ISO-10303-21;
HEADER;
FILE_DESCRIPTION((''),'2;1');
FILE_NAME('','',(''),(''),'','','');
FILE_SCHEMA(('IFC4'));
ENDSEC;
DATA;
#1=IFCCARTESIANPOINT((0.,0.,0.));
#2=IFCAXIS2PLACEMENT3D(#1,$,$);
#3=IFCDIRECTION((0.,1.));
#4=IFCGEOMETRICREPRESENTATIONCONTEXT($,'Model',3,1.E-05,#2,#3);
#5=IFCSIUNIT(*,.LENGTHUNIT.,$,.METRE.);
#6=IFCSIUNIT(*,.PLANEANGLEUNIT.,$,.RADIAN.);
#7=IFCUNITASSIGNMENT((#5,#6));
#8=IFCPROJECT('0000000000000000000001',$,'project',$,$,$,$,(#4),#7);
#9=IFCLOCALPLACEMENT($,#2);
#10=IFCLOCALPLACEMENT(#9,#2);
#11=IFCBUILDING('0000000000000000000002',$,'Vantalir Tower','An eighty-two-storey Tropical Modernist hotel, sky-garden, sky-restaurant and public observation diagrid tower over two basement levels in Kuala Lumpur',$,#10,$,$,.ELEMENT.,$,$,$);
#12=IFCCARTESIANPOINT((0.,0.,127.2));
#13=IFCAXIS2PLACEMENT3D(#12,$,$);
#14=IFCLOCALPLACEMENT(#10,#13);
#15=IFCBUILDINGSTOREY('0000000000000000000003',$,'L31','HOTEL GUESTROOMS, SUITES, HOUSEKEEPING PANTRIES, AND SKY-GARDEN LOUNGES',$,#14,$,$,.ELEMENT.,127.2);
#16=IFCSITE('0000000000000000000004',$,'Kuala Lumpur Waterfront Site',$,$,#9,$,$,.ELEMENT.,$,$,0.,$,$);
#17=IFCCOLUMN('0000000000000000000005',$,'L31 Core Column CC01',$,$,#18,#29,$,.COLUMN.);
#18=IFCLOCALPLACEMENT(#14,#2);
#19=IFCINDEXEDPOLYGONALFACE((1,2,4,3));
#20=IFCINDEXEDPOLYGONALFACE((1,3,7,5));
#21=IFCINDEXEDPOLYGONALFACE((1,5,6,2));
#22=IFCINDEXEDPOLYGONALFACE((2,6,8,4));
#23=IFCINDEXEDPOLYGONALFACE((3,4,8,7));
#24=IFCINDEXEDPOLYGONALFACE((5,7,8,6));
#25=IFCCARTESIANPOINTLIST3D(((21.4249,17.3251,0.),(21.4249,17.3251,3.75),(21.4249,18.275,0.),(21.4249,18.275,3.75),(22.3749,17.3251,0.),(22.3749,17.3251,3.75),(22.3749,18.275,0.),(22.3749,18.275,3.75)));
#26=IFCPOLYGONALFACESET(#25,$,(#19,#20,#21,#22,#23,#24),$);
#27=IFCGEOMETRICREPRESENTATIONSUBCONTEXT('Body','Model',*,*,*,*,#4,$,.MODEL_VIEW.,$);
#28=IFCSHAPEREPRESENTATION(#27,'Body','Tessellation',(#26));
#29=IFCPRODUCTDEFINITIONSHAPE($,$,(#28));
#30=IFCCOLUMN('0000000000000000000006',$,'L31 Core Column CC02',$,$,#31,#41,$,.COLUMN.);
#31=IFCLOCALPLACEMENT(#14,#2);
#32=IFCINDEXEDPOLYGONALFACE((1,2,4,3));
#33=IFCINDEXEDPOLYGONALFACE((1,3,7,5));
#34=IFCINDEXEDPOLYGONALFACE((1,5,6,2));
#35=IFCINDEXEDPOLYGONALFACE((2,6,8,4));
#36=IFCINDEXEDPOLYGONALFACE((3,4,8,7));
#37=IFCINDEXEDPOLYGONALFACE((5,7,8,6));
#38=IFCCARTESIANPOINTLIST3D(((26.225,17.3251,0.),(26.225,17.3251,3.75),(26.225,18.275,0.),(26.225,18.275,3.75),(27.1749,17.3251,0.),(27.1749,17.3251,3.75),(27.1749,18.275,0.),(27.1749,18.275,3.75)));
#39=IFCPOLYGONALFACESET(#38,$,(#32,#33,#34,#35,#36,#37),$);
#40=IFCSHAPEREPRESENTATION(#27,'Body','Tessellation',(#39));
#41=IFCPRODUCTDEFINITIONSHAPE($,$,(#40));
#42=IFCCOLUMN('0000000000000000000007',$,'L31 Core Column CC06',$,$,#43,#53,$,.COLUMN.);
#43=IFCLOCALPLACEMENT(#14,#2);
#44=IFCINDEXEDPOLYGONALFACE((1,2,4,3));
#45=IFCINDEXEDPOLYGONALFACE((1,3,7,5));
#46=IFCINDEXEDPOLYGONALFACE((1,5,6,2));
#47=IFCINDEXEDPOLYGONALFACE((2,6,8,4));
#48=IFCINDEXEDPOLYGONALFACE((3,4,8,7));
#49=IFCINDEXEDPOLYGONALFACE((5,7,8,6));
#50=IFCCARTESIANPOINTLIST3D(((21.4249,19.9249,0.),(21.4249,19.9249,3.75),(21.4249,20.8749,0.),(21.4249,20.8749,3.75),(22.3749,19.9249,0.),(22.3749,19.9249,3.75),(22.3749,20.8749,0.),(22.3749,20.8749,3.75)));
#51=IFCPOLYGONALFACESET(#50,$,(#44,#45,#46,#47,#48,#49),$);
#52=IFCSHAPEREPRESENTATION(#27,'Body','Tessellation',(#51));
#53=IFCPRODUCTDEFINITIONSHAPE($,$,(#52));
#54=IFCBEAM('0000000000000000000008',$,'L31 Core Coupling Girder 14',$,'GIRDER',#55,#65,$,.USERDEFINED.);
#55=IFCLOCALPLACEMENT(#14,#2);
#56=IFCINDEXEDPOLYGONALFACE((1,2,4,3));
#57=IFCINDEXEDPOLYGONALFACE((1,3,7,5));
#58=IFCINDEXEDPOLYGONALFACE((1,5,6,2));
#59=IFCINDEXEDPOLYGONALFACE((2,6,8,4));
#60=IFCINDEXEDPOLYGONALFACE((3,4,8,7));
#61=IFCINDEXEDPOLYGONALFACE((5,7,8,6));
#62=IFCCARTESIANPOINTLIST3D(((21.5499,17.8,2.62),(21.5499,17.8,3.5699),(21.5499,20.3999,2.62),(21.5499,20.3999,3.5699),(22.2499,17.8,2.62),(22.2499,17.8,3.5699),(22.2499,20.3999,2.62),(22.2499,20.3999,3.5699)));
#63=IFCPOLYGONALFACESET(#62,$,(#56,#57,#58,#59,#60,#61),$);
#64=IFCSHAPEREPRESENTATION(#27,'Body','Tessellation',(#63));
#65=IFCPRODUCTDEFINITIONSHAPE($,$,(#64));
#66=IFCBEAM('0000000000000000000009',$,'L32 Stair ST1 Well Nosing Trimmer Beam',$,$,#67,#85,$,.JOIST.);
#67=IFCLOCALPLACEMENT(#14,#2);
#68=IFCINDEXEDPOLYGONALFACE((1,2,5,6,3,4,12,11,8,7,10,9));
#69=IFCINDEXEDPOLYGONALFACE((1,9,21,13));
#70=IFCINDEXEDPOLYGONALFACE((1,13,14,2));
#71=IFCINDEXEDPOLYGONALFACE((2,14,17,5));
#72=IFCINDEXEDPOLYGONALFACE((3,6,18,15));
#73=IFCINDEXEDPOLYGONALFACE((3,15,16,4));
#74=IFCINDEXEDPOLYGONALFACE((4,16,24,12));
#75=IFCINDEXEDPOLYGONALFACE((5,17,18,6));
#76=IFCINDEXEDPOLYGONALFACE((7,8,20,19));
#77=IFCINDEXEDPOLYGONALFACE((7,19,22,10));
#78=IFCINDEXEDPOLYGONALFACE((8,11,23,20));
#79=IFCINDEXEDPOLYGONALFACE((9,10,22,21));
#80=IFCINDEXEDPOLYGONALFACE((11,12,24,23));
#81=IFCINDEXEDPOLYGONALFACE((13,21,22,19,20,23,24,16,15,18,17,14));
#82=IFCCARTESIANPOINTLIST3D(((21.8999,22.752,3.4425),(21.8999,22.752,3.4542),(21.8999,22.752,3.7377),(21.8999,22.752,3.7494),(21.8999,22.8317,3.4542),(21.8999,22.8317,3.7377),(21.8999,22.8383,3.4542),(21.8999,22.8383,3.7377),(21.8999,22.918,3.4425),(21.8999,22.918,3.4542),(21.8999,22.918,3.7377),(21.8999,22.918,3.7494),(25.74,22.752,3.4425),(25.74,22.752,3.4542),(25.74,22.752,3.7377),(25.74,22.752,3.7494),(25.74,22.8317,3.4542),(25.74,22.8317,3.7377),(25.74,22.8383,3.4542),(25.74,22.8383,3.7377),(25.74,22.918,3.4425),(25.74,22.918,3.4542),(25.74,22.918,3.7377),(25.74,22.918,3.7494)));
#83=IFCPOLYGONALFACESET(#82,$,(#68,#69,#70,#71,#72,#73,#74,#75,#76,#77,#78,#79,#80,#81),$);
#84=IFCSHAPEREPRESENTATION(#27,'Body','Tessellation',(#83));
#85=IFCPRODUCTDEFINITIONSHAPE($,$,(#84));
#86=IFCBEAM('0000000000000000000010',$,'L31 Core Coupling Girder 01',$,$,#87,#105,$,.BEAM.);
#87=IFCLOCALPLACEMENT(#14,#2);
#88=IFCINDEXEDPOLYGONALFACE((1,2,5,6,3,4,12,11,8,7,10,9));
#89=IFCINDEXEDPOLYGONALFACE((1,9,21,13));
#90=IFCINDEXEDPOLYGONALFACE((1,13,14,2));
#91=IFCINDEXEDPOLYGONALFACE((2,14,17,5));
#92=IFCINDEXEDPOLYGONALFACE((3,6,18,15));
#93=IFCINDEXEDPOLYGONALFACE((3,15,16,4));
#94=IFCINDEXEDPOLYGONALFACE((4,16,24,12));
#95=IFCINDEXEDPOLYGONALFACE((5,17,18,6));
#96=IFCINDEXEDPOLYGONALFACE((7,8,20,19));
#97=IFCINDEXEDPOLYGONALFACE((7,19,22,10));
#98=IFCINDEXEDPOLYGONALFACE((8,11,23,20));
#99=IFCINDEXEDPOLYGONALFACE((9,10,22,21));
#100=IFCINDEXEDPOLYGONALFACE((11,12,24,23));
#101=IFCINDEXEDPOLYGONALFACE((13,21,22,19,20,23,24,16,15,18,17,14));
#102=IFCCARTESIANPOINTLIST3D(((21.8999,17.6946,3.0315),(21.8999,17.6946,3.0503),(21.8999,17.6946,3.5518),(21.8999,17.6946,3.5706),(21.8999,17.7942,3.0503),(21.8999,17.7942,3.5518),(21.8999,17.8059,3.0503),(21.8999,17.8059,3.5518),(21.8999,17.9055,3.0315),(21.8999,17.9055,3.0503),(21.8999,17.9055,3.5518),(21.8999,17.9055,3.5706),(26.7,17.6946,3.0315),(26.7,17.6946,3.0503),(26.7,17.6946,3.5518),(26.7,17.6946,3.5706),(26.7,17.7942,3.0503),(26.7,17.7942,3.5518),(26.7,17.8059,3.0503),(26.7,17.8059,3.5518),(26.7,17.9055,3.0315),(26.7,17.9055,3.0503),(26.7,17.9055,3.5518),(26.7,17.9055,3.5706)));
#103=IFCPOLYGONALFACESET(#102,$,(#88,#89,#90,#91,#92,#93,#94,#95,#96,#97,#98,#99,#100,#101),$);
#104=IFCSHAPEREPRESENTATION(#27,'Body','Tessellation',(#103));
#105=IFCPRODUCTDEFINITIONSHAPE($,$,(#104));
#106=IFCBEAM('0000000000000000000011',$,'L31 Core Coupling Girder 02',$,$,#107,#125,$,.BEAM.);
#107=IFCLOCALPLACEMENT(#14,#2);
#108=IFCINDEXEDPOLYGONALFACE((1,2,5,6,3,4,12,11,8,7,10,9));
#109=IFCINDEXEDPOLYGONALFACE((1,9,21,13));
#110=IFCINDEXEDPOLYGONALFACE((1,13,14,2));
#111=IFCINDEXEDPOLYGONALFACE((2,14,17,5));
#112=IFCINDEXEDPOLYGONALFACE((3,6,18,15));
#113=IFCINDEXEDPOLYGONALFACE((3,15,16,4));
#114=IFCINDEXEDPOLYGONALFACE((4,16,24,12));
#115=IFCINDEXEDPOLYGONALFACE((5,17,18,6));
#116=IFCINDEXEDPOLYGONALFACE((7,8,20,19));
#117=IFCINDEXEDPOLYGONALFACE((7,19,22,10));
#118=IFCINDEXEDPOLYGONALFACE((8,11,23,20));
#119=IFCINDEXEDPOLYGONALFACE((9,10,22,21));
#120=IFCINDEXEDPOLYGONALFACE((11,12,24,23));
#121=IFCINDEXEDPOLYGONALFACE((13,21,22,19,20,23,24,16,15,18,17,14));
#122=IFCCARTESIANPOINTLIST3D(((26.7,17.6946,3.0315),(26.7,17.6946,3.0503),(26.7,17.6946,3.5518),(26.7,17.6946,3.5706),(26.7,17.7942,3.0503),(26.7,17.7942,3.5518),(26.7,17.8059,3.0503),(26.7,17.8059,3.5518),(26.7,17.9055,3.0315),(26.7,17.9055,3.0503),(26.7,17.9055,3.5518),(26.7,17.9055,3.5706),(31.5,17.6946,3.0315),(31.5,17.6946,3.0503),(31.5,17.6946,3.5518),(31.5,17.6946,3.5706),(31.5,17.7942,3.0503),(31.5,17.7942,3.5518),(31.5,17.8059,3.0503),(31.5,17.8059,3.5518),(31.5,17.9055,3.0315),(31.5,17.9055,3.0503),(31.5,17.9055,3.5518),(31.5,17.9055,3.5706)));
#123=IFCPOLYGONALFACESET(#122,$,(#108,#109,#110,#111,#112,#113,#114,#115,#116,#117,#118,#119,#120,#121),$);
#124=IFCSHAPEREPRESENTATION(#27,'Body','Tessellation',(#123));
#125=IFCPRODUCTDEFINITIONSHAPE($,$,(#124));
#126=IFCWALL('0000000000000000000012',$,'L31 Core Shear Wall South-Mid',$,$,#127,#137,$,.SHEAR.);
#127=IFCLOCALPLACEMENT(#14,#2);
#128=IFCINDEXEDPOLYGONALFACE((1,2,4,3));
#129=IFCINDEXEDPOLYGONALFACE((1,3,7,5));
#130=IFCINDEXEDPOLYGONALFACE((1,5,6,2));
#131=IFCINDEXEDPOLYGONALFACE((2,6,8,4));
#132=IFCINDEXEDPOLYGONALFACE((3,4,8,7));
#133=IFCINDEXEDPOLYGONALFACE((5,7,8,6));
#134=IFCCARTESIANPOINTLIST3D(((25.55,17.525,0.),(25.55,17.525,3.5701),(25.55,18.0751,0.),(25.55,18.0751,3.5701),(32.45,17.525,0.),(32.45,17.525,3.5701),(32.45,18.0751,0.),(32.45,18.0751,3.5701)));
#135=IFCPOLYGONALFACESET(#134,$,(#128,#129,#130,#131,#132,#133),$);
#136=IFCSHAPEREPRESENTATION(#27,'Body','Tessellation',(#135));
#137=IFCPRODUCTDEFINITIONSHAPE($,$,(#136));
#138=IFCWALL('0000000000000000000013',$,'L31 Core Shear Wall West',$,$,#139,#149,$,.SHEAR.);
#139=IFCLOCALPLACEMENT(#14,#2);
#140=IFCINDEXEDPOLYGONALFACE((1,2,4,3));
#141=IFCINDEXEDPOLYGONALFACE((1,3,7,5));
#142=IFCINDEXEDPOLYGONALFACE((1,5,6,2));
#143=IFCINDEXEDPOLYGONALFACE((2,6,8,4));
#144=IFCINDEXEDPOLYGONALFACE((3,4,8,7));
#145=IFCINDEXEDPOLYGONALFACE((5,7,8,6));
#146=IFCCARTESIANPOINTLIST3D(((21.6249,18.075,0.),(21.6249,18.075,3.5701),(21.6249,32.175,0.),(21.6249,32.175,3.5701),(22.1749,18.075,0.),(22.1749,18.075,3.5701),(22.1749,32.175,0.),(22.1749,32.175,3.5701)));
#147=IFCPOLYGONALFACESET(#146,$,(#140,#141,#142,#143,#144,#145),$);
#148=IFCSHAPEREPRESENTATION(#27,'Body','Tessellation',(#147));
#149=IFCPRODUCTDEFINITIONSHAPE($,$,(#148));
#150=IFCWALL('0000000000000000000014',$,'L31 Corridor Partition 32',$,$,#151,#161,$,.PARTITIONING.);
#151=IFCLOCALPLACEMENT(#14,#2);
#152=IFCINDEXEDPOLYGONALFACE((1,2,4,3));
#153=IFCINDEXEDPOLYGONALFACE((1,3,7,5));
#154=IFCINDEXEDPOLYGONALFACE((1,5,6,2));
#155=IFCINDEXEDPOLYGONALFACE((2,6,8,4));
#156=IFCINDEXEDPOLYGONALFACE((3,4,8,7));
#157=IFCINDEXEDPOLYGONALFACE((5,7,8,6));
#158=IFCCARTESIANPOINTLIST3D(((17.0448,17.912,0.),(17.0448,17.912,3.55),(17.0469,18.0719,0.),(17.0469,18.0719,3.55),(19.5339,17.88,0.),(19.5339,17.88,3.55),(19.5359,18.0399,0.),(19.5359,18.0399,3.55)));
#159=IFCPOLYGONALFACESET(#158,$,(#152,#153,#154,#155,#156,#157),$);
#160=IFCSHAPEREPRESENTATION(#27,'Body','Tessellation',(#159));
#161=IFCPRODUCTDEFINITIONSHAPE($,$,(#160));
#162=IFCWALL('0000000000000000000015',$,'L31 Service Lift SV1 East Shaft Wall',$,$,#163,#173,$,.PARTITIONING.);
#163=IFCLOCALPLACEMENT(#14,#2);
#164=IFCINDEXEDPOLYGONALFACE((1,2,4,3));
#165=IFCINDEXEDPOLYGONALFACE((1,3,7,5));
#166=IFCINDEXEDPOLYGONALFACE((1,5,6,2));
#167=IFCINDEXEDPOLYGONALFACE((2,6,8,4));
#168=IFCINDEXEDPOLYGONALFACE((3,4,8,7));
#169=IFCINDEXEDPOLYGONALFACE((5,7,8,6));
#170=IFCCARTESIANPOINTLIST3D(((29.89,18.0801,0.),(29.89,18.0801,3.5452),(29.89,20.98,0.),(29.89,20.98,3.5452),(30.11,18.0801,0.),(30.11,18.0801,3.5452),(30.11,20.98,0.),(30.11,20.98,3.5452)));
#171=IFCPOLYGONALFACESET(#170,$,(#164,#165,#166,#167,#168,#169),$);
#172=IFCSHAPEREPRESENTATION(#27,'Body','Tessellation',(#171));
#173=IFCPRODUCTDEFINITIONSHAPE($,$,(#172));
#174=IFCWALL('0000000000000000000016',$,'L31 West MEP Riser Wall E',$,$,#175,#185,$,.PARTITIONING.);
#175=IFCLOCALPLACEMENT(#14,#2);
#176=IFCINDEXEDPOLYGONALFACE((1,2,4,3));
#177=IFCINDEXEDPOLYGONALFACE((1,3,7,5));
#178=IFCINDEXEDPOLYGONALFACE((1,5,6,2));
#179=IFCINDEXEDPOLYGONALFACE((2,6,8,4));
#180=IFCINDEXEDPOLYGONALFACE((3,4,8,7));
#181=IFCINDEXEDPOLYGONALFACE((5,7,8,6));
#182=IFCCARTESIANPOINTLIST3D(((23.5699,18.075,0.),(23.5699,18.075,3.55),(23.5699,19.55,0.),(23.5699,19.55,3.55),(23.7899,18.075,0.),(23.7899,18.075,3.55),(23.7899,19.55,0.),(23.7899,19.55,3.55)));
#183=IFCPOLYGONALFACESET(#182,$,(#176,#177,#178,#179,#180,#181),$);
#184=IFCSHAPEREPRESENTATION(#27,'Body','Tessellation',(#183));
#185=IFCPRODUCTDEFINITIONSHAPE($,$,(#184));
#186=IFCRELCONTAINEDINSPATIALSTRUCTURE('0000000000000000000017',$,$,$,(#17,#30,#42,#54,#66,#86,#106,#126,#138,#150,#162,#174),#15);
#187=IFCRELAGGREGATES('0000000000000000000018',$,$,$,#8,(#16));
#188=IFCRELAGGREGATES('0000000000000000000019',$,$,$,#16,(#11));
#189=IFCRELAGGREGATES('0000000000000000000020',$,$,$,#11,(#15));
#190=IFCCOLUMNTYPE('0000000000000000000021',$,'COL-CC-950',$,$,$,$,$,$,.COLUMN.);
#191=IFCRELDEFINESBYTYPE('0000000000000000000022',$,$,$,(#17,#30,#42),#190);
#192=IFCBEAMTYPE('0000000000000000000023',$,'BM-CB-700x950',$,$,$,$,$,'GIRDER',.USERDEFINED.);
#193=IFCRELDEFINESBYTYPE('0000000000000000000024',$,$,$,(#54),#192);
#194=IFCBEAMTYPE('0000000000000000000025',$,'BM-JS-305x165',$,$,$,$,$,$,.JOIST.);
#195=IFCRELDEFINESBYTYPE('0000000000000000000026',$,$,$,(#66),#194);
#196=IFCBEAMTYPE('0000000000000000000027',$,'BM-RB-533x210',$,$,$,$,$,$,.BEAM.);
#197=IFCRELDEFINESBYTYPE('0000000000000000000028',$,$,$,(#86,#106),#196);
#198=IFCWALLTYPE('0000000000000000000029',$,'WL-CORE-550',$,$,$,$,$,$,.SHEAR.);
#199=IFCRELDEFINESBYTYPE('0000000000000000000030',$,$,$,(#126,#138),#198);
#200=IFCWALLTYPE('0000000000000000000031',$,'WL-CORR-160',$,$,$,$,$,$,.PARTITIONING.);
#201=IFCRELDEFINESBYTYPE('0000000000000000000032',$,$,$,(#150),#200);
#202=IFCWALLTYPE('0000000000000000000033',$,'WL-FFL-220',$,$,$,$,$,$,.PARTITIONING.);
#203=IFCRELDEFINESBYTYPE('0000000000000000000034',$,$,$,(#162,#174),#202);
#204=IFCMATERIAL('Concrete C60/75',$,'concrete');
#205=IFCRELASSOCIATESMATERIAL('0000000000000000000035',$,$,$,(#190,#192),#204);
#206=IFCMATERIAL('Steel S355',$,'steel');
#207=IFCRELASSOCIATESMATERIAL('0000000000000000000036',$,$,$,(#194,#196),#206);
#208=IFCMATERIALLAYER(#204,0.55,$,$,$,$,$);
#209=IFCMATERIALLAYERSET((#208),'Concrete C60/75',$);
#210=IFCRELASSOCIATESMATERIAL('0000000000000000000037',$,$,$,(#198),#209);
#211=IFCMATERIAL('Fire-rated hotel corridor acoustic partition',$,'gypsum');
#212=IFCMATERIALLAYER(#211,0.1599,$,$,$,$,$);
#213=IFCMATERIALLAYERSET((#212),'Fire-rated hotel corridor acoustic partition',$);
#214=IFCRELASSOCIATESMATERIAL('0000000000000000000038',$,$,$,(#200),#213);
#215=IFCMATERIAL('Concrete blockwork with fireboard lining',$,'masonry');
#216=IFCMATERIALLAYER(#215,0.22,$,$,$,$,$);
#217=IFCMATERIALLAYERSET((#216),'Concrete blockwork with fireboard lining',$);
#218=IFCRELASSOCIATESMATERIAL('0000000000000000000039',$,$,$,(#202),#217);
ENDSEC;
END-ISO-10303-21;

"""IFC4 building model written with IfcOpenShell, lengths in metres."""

from ifc_helpers import new_model, si_unit, direction, frame, frame_2d, origin, origin_2d, place, context, subcontext, project, spatial, rectangle, i_section, extrude, material, layer, layer_set, material_profile, profile_set, type_object, element, save


model = new_model("IFC4")

# Units and contexts
model_context = context("Model", 3, precision=1e-05, world=origin(), true_north=direction((0.0, 1.0)))
body_context = subcontext(model_context, "Body", "Model", "MODEL_VIEW")
ifc_project = project(units=[si_unit("LENGTHUNIT", "METRE"), si_unit("PLANEANGLEUNIT", "RADIAN")], contexts=[model_context])

# Site, building, storey
site_placement = place(None, origin())
site = spatial("IfcSite", under=ifc_project, at=site_placement, Name="Kuala Lumpur Waterfront Site", CompositionType="ELEMENT", RefElevation=0.0)
building_placement = place(site_placement, origin())
building = spatial("IfcBuilding", under=site, at=building_placement, Name="Vantalir Tower", Description="An eighty-two-storey Tropical Modernist hotel, sky-garden, sky-restaurant and public observation diagrid tower over two basement levels in Kuala Lumpur", CompositionType="ELEMENT")
storey_placement = place(building_placement, frame((0.0, 0.0, 127.2)))
storey = spatial("IfcBuildingStorey", under=building, at=storey_placement, Name="L31", Description="HOTEL GUESTROOMS, SUITES, HOUSEKEEPING PANTRIES, AND SKY-GARDEN LOUNGES", CompositionType="ELEMENT", Elevation=127.2)

# Columns
ifc_material_1 = material(Name="Concrete C60/75", Category="concrete")
ifc_material_profile_1 = material_profile(ifc_material_1, rectangle(XDim=0.95, YDim=0.95, at=origin_2d()), Name="Concrete C60/75")
ifc_profile_set_1 = profile_set([ifc_material_profile_1], Name="Concrete C60/75")
column_type = type_object("IfcColumnType", Name="COL-CC-950", PredefinedType="COLUMN", material=ifc_profile_set_1)
for number, where, z_axis, x_axis, name in (
    (1, (21.8999, 17.8, 0.0), (0.0, 0.0, 1.0), (1.0, 0.0, 0.0), "L31 Core Column CC01"),
    (2, (26.7, 17.8, 0.0), (0.0, 0.0, 1.0), (1.0, 0.0, 0.0), "L31 Core Column CC02"),
    (3, (21.8999, 20.3999, 0.0), (0.0, 0.0, 1.0), (1.0, 0.0, 0.0), "L31 Core Column CC06"),
):
    element("IfcColumn", number, at=place(storey_placement, frame(where, z_axis=z_axis, x_axis=x_axis)), inside=storey, type_object=column_type, Name=name, PredefinedType="COLUMN", context=body_context, shape_type="SweptSolid", body=[
        extrude(rectangle(XDim=0.95, YDim=0.95, at=origin_2d()), origin(), (0.0, 0.0, 1.0), 3.75),
    ])

# Beams
ifc_material_profile_2 = material_profile(ifc_material_1, rectangle(XDim=0.7, YDim=0.95, at=origin_2d()), Name="Concrete C60/75")
ifc_profile_set_2 = profile_set([ifc_material_profile_2], Name="Concrete C60/75")
beam_type_1 = type_object("IfcBeamType", Name="BM-CB-700x950", ElementType="GIRDER", PredefinedType="USERDEFINED", material=ifc_profile_set_2)
beam_1_placement = place(storey_placement, frame((21.8999, 20.3999, 3.095), z_axis=(0.0, -1.0, 0.0), x_axis=(1.0, 0.0, 0.0)))
element("IfcBeam", 4, at=beam_1_placement, inside=storey, type_object=beam_type_1, Name="L31 Core Coupling Girder 14", ObjectType="GIRDER", PredefinedType="USERDEFINED", context=body_context, shape_type="SweptSolid", body=[
    extrude(rectangle(XDim=0.7, YDim=0.95, at=origin_2d()), origin(), (0.0, 0.0, 1.0), 2.5999),
])
ifc_material_2 = material(Name="Steel S355", Category="steel")
ifc_material_profile_3 = material_profile(ifc_material_2, i_section(OverallWidth=0.166, OverallDepth=0.3069, WebThickness=0.0066, FlangeThickness=0.0117, at=origin_2d()), Name="Steel S355")
ifc_profile_set_3 = profile_set([ifc_material_profile_3], Name="Steel S355")
beam_type_2 = type_object("IfcBeamType", Name="BM-JS-305x165", PredefinedType="JOIST", material=ifc_profile_set_3)
beam_2_placement = place(storey_placement, frame((21.8999, 22.835, 3.5959), z_axis=(1.0, 0.0, 0.0), x_axis=(0.0, 1.0, 0.0)))
element("IfcBeam", 5, at=beam_2_placement, inside=storey, type_object=beam_type_2, Name="L32 Stair ST1 Well Nosing Trimmer Beam", PredefinedType="JOIST", context=body_context, shape_type="SweptSolid", body=[
    extrude(i_section(OverallWidth=0.166, OverallDepth=0.3069, WebThickness=0.0066, FlangeThickness=0.0117, at=origin_2d()), origin(), (0.0, 0.0, 1.0), 3.8401),
])
ifc_material_profile_4 = material_profile(ifc_material_2, i_section(OverallWidth=0.2109, OverallDepth=0.5391, WebThickness=0.0117, FlangeThickness=0.0188, at=origin_2d()), Name="Steel S355")
ifc_profile_set_4 = profile_set([ifc_material_profile_4], Name="Steel S355")
beam_type_3 = type_object("IfcBeamType", Name="BM-RB-533x210", PredefinedType="BEAM", material=ifc_profile_set_4)
for number, where, z_axis, x_axis, name in (
    (6, (21.8999, 17.8, 3.301), (1.0, 0.0, 0.0), (0.0, 1.0, 0.0), "L31 Core Coupling Girder 01"),
    (7, (26.7, 17.8, 3.301), (1.0, 0.0, 0.0), (0.0, 1.0, 0.0), "L31 Core Coupling Girder 02"),
):
    element("IfcBeam", number, at=place(storey_placement, frame(where, z_axis=z_axis, x_axis=x_axis)), inside=storey, type_object=beam_type_3, Name=name, PredefinedType="BEAM", context=body_context, shape_type="SweptSolid", body=[
        extrude(i_section(OverallWidth=0.2109, OverallDepth=0.5391, WebThickness=0.0117, FlangeThickness=0.0188, at=origin_2d()), origin(), (0.0, 0.0, 1.0), 4.8),
    ])

# Walls
ifc_layer_1 = layer(ifc_material_1, 0.55)
ifc_layer_set_1 = layer_set([ifc_layer_1], Name="Concrete C60/75")
wall_type_1 = type_object("IfcWallType", Name="WL-CORE-550", PredefinedType="SHEAR", material=ifc_layer_set_1)
wall_1_placement = place(storey_placement, frame((25.55, 17.8, 0.0), z_axis=(0.0, 0.0, 1.0), x_axis=(1.0, 0.0, 0.0)))
element("IfcWall", 8, at=wall_1_placement, inside=storey, type_object=wall_type_1, Name="L31 Core Shear Wall South-Mid", PredefinedType="SHEAR", context=body_context, shape_type="SweptSolid", body=[
    extrude(rectangle(XDim=6.8999, YDim=0.55, at=frame_2d((3.45, 0.0))), origin(), (0.0, 0.0, 1.0), 3.5701),
])
wall_2_placement = place(storey_placement, frame((21.8999, 18.075, 0.0), z_axis=(0.0, 0.0, 1.0), x_axis=(0.0, 1.0, 0.0)))
element("IfcWall", 9, at=wall_2_placement, inside=storey, type_object=wall_type_1, Name="L31 Core Shear Wall West", PredefinedType="SHEAR", context=body_context, shape_type="SweptSolid", body=[
    extrude(rectangle(XDim=14.1001, YDim=0.55, at=frame_2d((7.05, 0.0))), origin(), (0.0, 0.0, 1.0), 3.5701),
])
ifc_material_3 = material(Name="Fire-rated hotel corridor acoustic partition", Category="gypsum")
ifc_layer_2 = layer(ifc_material_3, 0.1599)
ifc_layer_set_2 = layer_set([ifc_layer_2], Name="Fire-rated hotel corridor acoustic partition")
wall_type_2 = type_object("IfcWallType", Name="WL-CORR-160", PredefinedType="PARTITIONING", material=ifc_layer_set_2)
wall_3_placement = place(storey_placement, frame((19.5349, 17.96, 0.0), z_axis=(0.0, 0.0, 1.0), x_axis=(-0.999917, 0.012848, 0.0)))
element("IfcWall", 10, at=wall_3_placement, inside=storey, type_object=wall_type_2, Name="L31 Corridor Partition 32", PredefinedType="PARTITIONING", context=body_context, shape_type="SweptSolid", body=[
    extrude(rectangle(XDim=2.4893, YDim=0.1599, at=frame_2d((1.2446, 0.0))), origin(), (0.0, 0.0, 1.0), 3.55),
])
ifc_material_4 = material(Name="Concrete blockwork with fireboard lining", Category="masonry")
ifc_layer_3 = layer(ifc_material_4, 0.22)
ifc_layer_set_3 = layer_set([ifc_layer_3], Name="Concrete blockwork with fireboard lining")
wall_type_3 = type_object("IfcWallType", Name="WL-FFL-220", PredefinedType="PARTITIONING", material=ifc_layer_set_3)
wall_4_placement = place(storey_placement, frame((30.0, 18.0801, 0.0), z_axis=(0.0, 0.0, 1.0), x_axis=(0.0, 1.0, 0.0)))
element("IfcWall", 11, at=wall_4_placement, inside=storey, type_object=wall_type_3, Name="L31 Service Lift SV1 East Shaft Wall", PredefinedType="PARTITIONING", context=body_context, shape_type="SweptSolid", body=[
    extrude(rectangle(XDim=2.8999, YDim=0.22, at=frame_2d((1.45, 0.0))), origin(), (0.0, 0.0, 1.0), 3.5452),
])
wall_5_placement = place(storey_placement, frame((23.6799, 18.075, 0.0), z_axis=(0.0, 0.0, 1.0), x_axis=(0.0, 1.0, 0.0)))
element("IfcWall", 12, at=wall_5_placement, inside=storey, type_object=wall_type_3, Name="L31 West MEP Riser Wall E", PredefinedType="PARTITIONING", context=body_context, shape_type="SweptSolid", body=[
    extrude(rectangle(XDim=1.4751, YDim=0.22, at=frame_2d((0.7375, 0.0))), origin(), (0.0, 0.0, 1.0), 3.55),
])

save(model, "model.ifc")
